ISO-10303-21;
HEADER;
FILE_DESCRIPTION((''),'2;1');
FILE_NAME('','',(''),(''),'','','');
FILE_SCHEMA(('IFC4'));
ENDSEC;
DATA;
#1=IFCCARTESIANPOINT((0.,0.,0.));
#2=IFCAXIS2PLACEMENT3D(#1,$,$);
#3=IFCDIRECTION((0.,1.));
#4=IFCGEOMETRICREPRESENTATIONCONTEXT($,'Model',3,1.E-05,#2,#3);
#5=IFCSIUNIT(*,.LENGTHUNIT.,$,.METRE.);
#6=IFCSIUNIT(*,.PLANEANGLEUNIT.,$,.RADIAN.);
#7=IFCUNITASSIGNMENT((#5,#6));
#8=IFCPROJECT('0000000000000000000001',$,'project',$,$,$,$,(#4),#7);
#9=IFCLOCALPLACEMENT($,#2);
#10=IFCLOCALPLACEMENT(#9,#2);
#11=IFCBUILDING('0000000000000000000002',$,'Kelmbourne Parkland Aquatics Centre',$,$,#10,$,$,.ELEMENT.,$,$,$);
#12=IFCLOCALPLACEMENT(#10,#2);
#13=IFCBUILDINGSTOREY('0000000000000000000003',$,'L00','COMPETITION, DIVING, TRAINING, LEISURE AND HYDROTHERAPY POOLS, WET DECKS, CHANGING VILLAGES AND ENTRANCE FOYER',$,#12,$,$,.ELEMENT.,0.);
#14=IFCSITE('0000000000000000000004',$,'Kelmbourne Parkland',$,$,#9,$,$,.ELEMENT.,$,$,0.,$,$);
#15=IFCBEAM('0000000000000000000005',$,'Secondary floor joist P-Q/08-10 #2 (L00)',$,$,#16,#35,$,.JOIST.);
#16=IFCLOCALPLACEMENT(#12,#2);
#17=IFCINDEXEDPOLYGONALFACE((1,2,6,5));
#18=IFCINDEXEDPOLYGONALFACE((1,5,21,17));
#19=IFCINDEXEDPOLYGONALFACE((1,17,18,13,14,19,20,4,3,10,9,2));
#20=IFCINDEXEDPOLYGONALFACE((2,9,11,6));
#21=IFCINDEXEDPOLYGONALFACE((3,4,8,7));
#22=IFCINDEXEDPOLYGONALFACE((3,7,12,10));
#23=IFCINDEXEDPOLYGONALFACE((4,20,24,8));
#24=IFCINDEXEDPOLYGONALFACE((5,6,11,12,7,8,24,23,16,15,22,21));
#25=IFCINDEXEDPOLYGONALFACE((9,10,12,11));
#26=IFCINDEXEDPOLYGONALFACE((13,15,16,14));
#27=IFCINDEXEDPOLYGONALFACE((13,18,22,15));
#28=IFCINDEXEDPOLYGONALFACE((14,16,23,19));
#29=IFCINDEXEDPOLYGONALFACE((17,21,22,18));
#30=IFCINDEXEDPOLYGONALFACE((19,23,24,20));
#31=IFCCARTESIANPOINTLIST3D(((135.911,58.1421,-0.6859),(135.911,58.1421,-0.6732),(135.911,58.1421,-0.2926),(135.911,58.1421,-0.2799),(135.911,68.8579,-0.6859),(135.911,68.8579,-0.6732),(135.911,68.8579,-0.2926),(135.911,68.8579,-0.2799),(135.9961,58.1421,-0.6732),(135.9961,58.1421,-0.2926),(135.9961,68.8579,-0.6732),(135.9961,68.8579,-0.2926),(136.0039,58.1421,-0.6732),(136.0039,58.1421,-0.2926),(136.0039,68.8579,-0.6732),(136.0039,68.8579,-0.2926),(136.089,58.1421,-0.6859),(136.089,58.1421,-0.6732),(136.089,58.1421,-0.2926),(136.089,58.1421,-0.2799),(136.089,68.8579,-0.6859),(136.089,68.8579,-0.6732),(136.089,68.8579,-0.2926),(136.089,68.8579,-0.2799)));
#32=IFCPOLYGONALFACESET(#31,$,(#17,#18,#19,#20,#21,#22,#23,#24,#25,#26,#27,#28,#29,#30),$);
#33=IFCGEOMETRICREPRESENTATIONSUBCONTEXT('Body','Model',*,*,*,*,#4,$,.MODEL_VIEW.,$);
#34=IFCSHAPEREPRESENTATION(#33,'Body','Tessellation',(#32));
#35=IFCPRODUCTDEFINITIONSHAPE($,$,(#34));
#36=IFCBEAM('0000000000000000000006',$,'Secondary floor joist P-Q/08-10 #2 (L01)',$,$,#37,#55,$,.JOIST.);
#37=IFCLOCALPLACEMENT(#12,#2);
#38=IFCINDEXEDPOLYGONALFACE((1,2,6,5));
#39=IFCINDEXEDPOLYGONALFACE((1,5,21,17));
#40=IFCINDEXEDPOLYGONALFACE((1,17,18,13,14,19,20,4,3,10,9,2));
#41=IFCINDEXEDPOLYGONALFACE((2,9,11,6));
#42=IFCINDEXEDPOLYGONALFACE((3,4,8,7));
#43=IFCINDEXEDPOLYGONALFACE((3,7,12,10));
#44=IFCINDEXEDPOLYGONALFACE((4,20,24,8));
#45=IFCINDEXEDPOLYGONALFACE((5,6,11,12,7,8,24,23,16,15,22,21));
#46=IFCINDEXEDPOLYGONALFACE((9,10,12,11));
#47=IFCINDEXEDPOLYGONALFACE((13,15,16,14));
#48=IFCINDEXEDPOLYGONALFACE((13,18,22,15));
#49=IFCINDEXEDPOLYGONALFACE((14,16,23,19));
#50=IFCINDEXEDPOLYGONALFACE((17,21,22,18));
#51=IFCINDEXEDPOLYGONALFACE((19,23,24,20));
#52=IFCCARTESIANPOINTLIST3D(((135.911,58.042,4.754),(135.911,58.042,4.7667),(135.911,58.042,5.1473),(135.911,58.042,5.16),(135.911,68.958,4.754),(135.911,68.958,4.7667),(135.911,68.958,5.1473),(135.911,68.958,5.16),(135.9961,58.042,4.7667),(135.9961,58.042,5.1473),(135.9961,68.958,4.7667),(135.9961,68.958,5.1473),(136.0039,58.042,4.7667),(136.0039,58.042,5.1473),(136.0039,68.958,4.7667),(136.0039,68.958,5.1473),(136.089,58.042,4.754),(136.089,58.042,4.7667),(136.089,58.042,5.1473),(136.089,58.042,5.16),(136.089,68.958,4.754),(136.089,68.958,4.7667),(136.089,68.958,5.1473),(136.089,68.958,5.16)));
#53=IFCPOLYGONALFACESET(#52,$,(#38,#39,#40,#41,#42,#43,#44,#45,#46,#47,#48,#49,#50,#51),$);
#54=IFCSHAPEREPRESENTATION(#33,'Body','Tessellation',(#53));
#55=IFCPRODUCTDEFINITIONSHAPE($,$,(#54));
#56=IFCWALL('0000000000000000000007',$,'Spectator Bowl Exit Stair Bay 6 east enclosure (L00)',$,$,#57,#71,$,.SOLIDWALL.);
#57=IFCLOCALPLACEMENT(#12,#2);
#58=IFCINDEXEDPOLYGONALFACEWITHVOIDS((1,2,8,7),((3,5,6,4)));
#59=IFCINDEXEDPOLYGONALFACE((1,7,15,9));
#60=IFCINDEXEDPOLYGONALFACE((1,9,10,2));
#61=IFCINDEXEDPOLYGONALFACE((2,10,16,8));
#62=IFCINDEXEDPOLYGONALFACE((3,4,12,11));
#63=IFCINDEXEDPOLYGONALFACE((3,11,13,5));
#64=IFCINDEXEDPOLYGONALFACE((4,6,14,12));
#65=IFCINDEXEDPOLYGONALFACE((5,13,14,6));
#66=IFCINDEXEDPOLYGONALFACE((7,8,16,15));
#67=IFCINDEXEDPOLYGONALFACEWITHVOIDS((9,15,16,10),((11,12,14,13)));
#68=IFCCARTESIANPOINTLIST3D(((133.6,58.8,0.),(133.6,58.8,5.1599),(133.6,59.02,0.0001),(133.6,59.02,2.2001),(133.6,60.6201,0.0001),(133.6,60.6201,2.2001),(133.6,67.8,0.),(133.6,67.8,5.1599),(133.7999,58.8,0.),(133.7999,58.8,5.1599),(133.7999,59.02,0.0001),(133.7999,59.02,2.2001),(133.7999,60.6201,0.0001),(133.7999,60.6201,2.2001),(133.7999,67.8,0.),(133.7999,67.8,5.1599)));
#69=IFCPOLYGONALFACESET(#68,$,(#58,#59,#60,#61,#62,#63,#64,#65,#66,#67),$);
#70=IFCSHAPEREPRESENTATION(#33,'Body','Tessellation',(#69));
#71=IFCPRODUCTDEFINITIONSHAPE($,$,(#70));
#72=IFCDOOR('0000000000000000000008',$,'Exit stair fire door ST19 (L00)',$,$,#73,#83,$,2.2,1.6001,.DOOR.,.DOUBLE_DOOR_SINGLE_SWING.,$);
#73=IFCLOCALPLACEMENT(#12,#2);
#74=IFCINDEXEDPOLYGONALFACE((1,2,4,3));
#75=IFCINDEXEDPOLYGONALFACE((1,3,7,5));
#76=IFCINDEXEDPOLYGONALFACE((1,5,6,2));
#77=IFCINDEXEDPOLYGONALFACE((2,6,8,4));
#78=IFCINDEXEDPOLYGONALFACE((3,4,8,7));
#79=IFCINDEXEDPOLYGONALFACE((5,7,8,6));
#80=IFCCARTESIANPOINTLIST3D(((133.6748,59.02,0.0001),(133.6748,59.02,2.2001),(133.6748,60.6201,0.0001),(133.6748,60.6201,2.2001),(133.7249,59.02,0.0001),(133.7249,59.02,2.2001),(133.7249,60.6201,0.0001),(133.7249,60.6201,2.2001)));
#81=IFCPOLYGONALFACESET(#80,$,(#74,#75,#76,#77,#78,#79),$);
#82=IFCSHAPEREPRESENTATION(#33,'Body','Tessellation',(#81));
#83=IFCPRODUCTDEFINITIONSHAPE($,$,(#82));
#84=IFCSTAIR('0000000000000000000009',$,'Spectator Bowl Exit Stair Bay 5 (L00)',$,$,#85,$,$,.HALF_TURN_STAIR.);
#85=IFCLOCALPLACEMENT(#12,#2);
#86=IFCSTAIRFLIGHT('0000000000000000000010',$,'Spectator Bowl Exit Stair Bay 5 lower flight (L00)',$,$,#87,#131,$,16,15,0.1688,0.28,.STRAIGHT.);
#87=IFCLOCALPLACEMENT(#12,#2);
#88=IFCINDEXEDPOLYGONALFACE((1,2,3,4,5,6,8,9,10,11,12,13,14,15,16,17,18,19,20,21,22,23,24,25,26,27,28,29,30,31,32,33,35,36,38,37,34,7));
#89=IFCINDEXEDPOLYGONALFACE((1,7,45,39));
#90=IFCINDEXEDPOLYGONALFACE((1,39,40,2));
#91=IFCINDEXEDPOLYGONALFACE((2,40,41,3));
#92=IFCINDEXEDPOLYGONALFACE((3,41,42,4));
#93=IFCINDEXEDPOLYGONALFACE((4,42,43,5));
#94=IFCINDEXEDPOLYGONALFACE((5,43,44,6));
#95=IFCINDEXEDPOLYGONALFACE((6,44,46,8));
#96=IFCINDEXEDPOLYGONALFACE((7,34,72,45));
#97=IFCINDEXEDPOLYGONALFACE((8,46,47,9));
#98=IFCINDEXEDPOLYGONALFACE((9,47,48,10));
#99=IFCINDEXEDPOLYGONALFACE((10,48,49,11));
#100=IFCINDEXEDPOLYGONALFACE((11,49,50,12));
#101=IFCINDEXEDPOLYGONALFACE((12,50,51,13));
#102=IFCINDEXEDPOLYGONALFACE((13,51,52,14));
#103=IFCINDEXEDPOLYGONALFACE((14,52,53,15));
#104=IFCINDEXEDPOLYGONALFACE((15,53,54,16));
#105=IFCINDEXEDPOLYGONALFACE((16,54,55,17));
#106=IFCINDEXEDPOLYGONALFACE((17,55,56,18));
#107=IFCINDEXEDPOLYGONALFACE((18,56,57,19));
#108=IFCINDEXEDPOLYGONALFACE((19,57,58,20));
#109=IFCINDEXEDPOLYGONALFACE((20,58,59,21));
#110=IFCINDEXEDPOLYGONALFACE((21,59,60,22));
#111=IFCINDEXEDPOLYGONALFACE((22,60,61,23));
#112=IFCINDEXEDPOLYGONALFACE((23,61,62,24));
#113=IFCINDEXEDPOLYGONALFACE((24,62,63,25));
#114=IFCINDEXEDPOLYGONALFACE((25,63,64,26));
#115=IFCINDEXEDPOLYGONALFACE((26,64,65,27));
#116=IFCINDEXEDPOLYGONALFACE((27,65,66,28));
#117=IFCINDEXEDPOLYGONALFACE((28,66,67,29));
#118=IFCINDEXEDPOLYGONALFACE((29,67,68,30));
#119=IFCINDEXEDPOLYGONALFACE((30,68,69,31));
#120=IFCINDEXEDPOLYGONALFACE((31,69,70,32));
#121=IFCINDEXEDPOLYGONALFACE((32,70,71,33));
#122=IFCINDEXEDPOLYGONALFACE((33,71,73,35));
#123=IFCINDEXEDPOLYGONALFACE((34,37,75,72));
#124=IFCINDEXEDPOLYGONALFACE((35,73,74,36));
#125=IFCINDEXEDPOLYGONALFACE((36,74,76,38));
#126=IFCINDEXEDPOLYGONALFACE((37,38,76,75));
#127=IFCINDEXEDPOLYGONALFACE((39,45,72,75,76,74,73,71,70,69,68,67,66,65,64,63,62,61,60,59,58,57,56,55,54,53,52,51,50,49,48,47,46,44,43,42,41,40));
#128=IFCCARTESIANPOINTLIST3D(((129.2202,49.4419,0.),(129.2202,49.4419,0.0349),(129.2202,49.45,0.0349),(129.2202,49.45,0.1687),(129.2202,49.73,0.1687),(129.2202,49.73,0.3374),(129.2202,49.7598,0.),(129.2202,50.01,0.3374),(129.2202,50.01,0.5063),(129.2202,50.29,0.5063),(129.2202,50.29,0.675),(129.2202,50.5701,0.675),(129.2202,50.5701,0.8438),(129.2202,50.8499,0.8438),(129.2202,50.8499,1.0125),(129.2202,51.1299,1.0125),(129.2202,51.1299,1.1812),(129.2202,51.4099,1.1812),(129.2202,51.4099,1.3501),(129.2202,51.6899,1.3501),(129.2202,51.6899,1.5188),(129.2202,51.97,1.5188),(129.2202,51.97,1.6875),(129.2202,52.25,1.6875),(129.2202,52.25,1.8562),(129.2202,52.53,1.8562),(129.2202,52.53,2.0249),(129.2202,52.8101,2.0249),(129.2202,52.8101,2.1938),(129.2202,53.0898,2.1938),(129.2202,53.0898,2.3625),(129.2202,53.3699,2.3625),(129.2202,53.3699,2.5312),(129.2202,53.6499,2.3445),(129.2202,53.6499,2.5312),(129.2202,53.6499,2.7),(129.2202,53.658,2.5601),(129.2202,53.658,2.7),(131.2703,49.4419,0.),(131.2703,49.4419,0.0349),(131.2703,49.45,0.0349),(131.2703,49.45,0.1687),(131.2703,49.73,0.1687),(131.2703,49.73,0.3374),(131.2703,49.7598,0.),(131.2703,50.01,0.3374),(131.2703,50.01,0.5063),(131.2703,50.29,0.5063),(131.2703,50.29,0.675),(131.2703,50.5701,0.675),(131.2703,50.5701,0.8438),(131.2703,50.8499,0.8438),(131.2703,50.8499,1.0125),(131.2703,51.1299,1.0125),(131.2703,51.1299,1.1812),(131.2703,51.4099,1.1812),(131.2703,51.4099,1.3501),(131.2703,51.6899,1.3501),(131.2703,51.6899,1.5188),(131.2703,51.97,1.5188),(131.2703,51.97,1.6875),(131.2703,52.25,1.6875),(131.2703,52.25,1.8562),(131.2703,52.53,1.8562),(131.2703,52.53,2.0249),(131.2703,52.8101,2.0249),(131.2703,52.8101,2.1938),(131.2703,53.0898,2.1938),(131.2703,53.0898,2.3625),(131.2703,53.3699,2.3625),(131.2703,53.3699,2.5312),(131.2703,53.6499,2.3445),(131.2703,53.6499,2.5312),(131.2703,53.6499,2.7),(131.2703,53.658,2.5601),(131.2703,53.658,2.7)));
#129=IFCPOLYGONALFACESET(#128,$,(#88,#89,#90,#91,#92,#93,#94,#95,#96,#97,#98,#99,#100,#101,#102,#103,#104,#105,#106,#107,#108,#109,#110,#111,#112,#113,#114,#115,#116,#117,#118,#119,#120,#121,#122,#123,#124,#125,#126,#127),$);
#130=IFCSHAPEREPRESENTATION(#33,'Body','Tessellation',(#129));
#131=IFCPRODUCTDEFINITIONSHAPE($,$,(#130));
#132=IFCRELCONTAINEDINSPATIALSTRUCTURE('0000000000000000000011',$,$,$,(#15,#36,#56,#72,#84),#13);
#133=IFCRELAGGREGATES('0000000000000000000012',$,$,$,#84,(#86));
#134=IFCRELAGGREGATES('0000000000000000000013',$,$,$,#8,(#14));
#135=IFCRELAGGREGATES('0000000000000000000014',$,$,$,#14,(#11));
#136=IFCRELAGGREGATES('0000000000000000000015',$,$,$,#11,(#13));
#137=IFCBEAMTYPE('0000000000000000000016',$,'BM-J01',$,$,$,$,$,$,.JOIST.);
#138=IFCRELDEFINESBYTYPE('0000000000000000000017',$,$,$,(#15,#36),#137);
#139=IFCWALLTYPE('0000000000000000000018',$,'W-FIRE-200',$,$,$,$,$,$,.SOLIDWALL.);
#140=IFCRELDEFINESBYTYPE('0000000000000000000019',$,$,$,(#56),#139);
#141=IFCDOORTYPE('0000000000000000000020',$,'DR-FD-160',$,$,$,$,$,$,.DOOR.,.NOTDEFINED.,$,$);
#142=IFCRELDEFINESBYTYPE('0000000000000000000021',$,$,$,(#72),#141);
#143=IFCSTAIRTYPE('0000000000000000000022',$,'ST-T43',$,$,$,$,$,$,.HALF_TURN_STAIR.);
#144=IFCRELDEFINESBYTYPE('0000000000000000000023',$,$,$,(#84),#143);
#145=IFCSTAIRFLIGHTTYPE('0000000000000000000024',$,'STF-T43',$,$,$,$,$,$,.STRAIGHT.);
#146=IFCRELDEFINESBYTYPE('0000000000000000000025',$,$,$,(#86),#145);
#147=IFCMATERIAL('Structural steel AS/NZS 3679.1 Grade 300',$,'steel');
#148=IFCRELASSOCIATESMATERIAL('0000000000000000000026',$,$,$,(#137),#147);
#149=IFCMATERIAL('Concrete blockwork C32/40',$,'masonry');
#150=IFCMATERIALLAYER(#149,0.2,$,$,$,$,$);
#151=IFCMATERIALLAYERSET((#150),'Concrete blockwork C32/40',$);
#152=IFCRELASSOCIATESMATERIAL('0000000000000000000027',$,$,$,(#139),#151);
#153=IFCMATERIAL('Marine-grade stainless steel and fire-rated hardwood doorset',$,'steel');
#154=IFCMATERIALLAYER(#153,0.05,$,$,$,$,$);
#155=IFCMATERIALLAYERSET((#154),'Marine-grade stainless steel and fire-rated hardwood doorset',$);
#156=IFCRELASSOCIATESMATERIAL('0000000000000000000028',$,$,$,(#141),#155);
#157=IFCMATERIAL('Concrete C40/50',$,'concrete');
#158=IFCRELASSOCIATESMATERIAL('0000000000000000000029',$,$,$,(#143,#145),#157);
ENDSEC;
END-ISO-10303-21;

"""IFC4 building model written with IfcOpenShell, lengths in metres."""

from ifc_helpers import new_model, si_unit, direction, frame, frame_2d, origin, origin_2d, place, context, subcontext, project, spatial, polyline, rectangle, i_section, outline, extrude, material, layer, layer_set, material_profile, profile_set, type_object, element, fill, aggregate, save


model = new_model("IFC4")

# Units and contexts
model_context = context("Model", 3, precision=1e-05, world=origin(), true_north=direction((0.0, 1.0)))
body_context = subcontext(model_context, "Body", "Model", "MODEL_VIEW")
ifc_project = project(units=[si_unit("LENGTHUNIT", "METRE"), si_unit("PLANEANGLEUNIT", "RADIAN")], contexts=[model_context])

# Site, building, storey
site_placement = place(None, origin())
site = spatial("IfcSite", under=ifc_project, at=site_placement, Name="Kelmbourne Parkland", CompositionType="ELEMENT", RefElevation=0.0)
building_placement = place(site_placement, origin())
building = spatial("IfcBuilding", under=site, at=building_placement, Name="Kelmbourne Parkland Aquatics Centre", CompositionType="ELEMENT")
storey_placement = place(building_placement, origin())
storey = spatial("IfcBuildingStorey", under=building, at=storey_placement, Name="L00", Description="COMPETITION, DIVING, TRAINING, LEISURE AND HYDROTHERAPY POOLS, WET DECKS, CHANGING VILLAGES AND ENTRANCE FOYER", CompositionType="ELEMENT", Elevation=0.0)

# Shared definitions
ifc_material_1 = material(Name="Concrete C40/50", Category="concrete")
ifc_material_2 = material(Name="Structural steel AS/NZS 3679.1 Grade 300", Category="steel")

# Beams
ifc_material_profile_1 = material_profile(ifc_material_2, i_section(OverallWidth=0.178, OverallDepth=0.406, WebThickness=0.0078, FlangeThickness=0.0127, at=origin_2d()), Name="410UB59.7")
ifc_profile_set_1 = profile_set([ifc_material_profile_1], Name="Structural steel AS/NZS 3679.1 Grade 300")
beam_type_1 = type_object("IfcBeamType", Name="BM-J01", PredefinedType="JOIST", material=ifc_profile_set_1)
beam_1_placement = place(storey_placement, frame((136.0, 58.1421, -0.4829), z_axis=(0.0, 1.0, 0.0), x_axis=(-1.0, 0.0, 0.0)))
element("IfcBeam", 1, at=beam_1_placement, inside=storey, type_object=beam_type_1, Name="Secondary floor joist P-Q/08-10 #2 (L00)", PredefinedType="JOIST", context=body_context, shape_type="SweptSolid", body=[
    extrude(i_section(OverallWidth=0.178, OverallDepth=0.406, WebThickness=0.0078, FlangeThickness=0.0127, at=origin_2d()), origin(), (0.0, 0.0, 1.0), 10.7158),
])
beam_2_placement = place(storey_placement, frame((136.0, 58.042, 4.957), z_axis=(0.0, 1.0, 0.0), x_axis=(-1.0, 0.0, 0.0)))
element("IfcBeam", 2, at=beam_2_placement, inside=storey, type_object=beam_type_1, Name="Secondary floor joist P-Q/08-10 #2 (L01)", PredefinedType="JOIST", context=body_context, shape_type="SweptSolid", body=[
    extrude(i_section(OverallWidth=0.178, OverallDepth=0.406, WebThickness=0.0078, FlangeThickness=0.0127, at=origin_2d()), origin(), (0.0, 0.0, 1.0), 10.916),
])

# Wall, opening, door
ifc_material_3 = material(Name="Concrete blockwork C32/40", Category="masonry")
ifc_layer_1 = layer(ifc_material_3, 0.2)
ifc_layer_set_1 = layer_set([ifc_layer_1], Name="Concrete blockwork C32/40")
wall_type = type_object("IfcWallType", Name="W-FIRE-200", PredefinedType="SOLIDWALL", material=ifc_layer_set_1)
wall_placement = place(storey_placement, frame((133.7, 58.8, 0.0), z_axis=(0.0, 0.0, 1.0), x_axis=(0.0, 1.0, 0.0)))
wall = element("IfcWall", 3, at=wall_placement, inside=storey, type_object=wall_type, Name="Spectator Bowl Exit Stair Bay 6 east enclosure (L00)", PredefinedType="SOLIDWALL", context=body_context, shape_type="SweptSolid", body=[
    extrude(rectangle(XDim=9.0, YDim=0.2, at=frame_2d((4.5, 0.0))), origin(), (0.0, 0.0, 1.0), 5.1599),
])
opening_placement = place(wall_placement, frame((0.22, 0.0, 0.0)))
opening = element("IfcOpeningElement", 4, at=opening_placement, cuts=wall, PredefinedType="OPENING", context=body_context, shape_type="SweptSolid", body=[
    extrude(rectangle(XDim=1.6001, YDim=2.2, at=frame_2d((0.8, 1.1001))), frame((0.0, 0.1118, 0.0), z_axis=(0.0, -1.0, 0.0), x_axis=(1.0, 0.0, 0.0)), (0.0, 0.0, 1.0), 0.2239),
])
ifc_material_4 = material(Name="Marine-grade stainless steel and fire-rated hardwood doorset", Category="steel")
ifc_layer_2 = layer(ifc_material_4, 0.05)
ifc_layer_set_2 = layer_set([ifc_layer_2], Name="Marine-grade stainless steel and fire-rated hardwood doorset")
door_type = type_object("IfcDoorType", Name="DR-FD-160", OperationType="NOTDEFINED", PredefinedType="DOOR", material=ifc_layer_set_2)
door_placement = place(opening_placement, frame((1.6001, 0.0, 0.0), z_axis=(0.0, 0.0, 1.0), x_axis=(-1.0, 0.0, 0.0)))
door = element("IfcDoor", 5, at=door_placement, inside=storey, type_object=door_type, Name="Exit stair fire door ST19 (L00)", OperationType="DOUBLE_DOOR_SINGLE_SWING", OverallHeight=2.2, OverallWidth=1.6001, PredefinedType="DOOR", context=body_context, shape_type="SweptSolid", body=[
    extrude(rectangle(XDim=1.6001, YDim=2.2, at=frame_2d((0.8, 1.1001))), frame((0.0, 0.0249, 0.0), z_axis=(0.0, -1.0, 0.0), x_axis=(1.0, 0.0, 0.0)), (0.0, 0.0, 1.0), 0.05),
])
fill(opening, door)

# Stair, stair flight
stair_type_1 = type_object("IfcStairType", Name="ST-T43", PredefinedType="HALF_TURN_STAIR", material=ifc_material_1)
stair_1_placement = place(storey_placement, origin())
stair_1 = element("IfcStair", 6, at=stair_1_placement, inside=storey, type_object=stair_type_1, Name="Spectator Bowl Exit Stair Bay 5 (L00)", PredefinedType="HALF_TURN_STAIR")
stair_flight_type_1 = type_object("IfcStairFlightType", Name="STF-T43", PredefinedType="STRAIGHT", material=ifc_material_1)
stair_flight_1_placement = place(storey_placement, frame((130.2451, 49.45, 0.0), z_axis=(0.0, 0.0, 1.0), x_axis=(0.0, 1.0, 0.0)))
stair_flight_1 = element("IfcStairFlight", 7, at=stair_flight_1_placement, type_object=stair_flight_type_1, Name="Spectator Bowl Exit Stair Bay 5 lower flight (L00)", NumberOfRisers=16, NumberOfTreads=15, PredefinedType="STRAIGHT", RiserHeight=0.1688, TreadLength=0.28, context=body_context, shape_type="SweptSolid", body=[
    extrude(outline(polyline([(-0.0081, 0.0), (-0.0081, 0.0349), (0.0, 0.0349), (0.0, 0.1687), (0.28, 0.1687), (0.28, 0.3374), (0.5601, 0.3374), (0.5601, 0.5063), (0.8401, 0.5063), (0.8401, 0.675), (1.1201, 0.675), (1.1201, 0.8438), (1.3999, 0.8438), (1.3999, 1.0125), (1.6799, 1.0125), (1.6799, 1.1812), (1.96, 1.1812), (1.96, 1.3501), (2.24, 1.3501), (2.24, 1.5188), (2.52, 1.5188), (2.52, 1.6875), (2.8, 1.6875), (2.8, 1.8562), (3.0801, 1.8562), (3.0801, 2.0249), (3.3601, 2.0249), (3.3601, 2.1938), (3.6399, 2.1938), (3.6399, 2.3625), (3.9199, 2.3625), (3.9199, 2.5312), (4.2, 2.5312), (4.2, 2.7), (4.208, 2.7), (4.208, 2.5601), (4.2, 2.3445), (0.3098, 0.0), (-0.0081, 0.0)])), frame((0.0, 1.0249, 0.0), z_axis=(0.0, -1.0, 0.0), x_axis=(1.0, 0.0, 0.0)), (0.0, 0.0, 1.0), 2.05),
])
aggregate(stair_1, [stair_flight_1])

save(model, "model.ifc")
